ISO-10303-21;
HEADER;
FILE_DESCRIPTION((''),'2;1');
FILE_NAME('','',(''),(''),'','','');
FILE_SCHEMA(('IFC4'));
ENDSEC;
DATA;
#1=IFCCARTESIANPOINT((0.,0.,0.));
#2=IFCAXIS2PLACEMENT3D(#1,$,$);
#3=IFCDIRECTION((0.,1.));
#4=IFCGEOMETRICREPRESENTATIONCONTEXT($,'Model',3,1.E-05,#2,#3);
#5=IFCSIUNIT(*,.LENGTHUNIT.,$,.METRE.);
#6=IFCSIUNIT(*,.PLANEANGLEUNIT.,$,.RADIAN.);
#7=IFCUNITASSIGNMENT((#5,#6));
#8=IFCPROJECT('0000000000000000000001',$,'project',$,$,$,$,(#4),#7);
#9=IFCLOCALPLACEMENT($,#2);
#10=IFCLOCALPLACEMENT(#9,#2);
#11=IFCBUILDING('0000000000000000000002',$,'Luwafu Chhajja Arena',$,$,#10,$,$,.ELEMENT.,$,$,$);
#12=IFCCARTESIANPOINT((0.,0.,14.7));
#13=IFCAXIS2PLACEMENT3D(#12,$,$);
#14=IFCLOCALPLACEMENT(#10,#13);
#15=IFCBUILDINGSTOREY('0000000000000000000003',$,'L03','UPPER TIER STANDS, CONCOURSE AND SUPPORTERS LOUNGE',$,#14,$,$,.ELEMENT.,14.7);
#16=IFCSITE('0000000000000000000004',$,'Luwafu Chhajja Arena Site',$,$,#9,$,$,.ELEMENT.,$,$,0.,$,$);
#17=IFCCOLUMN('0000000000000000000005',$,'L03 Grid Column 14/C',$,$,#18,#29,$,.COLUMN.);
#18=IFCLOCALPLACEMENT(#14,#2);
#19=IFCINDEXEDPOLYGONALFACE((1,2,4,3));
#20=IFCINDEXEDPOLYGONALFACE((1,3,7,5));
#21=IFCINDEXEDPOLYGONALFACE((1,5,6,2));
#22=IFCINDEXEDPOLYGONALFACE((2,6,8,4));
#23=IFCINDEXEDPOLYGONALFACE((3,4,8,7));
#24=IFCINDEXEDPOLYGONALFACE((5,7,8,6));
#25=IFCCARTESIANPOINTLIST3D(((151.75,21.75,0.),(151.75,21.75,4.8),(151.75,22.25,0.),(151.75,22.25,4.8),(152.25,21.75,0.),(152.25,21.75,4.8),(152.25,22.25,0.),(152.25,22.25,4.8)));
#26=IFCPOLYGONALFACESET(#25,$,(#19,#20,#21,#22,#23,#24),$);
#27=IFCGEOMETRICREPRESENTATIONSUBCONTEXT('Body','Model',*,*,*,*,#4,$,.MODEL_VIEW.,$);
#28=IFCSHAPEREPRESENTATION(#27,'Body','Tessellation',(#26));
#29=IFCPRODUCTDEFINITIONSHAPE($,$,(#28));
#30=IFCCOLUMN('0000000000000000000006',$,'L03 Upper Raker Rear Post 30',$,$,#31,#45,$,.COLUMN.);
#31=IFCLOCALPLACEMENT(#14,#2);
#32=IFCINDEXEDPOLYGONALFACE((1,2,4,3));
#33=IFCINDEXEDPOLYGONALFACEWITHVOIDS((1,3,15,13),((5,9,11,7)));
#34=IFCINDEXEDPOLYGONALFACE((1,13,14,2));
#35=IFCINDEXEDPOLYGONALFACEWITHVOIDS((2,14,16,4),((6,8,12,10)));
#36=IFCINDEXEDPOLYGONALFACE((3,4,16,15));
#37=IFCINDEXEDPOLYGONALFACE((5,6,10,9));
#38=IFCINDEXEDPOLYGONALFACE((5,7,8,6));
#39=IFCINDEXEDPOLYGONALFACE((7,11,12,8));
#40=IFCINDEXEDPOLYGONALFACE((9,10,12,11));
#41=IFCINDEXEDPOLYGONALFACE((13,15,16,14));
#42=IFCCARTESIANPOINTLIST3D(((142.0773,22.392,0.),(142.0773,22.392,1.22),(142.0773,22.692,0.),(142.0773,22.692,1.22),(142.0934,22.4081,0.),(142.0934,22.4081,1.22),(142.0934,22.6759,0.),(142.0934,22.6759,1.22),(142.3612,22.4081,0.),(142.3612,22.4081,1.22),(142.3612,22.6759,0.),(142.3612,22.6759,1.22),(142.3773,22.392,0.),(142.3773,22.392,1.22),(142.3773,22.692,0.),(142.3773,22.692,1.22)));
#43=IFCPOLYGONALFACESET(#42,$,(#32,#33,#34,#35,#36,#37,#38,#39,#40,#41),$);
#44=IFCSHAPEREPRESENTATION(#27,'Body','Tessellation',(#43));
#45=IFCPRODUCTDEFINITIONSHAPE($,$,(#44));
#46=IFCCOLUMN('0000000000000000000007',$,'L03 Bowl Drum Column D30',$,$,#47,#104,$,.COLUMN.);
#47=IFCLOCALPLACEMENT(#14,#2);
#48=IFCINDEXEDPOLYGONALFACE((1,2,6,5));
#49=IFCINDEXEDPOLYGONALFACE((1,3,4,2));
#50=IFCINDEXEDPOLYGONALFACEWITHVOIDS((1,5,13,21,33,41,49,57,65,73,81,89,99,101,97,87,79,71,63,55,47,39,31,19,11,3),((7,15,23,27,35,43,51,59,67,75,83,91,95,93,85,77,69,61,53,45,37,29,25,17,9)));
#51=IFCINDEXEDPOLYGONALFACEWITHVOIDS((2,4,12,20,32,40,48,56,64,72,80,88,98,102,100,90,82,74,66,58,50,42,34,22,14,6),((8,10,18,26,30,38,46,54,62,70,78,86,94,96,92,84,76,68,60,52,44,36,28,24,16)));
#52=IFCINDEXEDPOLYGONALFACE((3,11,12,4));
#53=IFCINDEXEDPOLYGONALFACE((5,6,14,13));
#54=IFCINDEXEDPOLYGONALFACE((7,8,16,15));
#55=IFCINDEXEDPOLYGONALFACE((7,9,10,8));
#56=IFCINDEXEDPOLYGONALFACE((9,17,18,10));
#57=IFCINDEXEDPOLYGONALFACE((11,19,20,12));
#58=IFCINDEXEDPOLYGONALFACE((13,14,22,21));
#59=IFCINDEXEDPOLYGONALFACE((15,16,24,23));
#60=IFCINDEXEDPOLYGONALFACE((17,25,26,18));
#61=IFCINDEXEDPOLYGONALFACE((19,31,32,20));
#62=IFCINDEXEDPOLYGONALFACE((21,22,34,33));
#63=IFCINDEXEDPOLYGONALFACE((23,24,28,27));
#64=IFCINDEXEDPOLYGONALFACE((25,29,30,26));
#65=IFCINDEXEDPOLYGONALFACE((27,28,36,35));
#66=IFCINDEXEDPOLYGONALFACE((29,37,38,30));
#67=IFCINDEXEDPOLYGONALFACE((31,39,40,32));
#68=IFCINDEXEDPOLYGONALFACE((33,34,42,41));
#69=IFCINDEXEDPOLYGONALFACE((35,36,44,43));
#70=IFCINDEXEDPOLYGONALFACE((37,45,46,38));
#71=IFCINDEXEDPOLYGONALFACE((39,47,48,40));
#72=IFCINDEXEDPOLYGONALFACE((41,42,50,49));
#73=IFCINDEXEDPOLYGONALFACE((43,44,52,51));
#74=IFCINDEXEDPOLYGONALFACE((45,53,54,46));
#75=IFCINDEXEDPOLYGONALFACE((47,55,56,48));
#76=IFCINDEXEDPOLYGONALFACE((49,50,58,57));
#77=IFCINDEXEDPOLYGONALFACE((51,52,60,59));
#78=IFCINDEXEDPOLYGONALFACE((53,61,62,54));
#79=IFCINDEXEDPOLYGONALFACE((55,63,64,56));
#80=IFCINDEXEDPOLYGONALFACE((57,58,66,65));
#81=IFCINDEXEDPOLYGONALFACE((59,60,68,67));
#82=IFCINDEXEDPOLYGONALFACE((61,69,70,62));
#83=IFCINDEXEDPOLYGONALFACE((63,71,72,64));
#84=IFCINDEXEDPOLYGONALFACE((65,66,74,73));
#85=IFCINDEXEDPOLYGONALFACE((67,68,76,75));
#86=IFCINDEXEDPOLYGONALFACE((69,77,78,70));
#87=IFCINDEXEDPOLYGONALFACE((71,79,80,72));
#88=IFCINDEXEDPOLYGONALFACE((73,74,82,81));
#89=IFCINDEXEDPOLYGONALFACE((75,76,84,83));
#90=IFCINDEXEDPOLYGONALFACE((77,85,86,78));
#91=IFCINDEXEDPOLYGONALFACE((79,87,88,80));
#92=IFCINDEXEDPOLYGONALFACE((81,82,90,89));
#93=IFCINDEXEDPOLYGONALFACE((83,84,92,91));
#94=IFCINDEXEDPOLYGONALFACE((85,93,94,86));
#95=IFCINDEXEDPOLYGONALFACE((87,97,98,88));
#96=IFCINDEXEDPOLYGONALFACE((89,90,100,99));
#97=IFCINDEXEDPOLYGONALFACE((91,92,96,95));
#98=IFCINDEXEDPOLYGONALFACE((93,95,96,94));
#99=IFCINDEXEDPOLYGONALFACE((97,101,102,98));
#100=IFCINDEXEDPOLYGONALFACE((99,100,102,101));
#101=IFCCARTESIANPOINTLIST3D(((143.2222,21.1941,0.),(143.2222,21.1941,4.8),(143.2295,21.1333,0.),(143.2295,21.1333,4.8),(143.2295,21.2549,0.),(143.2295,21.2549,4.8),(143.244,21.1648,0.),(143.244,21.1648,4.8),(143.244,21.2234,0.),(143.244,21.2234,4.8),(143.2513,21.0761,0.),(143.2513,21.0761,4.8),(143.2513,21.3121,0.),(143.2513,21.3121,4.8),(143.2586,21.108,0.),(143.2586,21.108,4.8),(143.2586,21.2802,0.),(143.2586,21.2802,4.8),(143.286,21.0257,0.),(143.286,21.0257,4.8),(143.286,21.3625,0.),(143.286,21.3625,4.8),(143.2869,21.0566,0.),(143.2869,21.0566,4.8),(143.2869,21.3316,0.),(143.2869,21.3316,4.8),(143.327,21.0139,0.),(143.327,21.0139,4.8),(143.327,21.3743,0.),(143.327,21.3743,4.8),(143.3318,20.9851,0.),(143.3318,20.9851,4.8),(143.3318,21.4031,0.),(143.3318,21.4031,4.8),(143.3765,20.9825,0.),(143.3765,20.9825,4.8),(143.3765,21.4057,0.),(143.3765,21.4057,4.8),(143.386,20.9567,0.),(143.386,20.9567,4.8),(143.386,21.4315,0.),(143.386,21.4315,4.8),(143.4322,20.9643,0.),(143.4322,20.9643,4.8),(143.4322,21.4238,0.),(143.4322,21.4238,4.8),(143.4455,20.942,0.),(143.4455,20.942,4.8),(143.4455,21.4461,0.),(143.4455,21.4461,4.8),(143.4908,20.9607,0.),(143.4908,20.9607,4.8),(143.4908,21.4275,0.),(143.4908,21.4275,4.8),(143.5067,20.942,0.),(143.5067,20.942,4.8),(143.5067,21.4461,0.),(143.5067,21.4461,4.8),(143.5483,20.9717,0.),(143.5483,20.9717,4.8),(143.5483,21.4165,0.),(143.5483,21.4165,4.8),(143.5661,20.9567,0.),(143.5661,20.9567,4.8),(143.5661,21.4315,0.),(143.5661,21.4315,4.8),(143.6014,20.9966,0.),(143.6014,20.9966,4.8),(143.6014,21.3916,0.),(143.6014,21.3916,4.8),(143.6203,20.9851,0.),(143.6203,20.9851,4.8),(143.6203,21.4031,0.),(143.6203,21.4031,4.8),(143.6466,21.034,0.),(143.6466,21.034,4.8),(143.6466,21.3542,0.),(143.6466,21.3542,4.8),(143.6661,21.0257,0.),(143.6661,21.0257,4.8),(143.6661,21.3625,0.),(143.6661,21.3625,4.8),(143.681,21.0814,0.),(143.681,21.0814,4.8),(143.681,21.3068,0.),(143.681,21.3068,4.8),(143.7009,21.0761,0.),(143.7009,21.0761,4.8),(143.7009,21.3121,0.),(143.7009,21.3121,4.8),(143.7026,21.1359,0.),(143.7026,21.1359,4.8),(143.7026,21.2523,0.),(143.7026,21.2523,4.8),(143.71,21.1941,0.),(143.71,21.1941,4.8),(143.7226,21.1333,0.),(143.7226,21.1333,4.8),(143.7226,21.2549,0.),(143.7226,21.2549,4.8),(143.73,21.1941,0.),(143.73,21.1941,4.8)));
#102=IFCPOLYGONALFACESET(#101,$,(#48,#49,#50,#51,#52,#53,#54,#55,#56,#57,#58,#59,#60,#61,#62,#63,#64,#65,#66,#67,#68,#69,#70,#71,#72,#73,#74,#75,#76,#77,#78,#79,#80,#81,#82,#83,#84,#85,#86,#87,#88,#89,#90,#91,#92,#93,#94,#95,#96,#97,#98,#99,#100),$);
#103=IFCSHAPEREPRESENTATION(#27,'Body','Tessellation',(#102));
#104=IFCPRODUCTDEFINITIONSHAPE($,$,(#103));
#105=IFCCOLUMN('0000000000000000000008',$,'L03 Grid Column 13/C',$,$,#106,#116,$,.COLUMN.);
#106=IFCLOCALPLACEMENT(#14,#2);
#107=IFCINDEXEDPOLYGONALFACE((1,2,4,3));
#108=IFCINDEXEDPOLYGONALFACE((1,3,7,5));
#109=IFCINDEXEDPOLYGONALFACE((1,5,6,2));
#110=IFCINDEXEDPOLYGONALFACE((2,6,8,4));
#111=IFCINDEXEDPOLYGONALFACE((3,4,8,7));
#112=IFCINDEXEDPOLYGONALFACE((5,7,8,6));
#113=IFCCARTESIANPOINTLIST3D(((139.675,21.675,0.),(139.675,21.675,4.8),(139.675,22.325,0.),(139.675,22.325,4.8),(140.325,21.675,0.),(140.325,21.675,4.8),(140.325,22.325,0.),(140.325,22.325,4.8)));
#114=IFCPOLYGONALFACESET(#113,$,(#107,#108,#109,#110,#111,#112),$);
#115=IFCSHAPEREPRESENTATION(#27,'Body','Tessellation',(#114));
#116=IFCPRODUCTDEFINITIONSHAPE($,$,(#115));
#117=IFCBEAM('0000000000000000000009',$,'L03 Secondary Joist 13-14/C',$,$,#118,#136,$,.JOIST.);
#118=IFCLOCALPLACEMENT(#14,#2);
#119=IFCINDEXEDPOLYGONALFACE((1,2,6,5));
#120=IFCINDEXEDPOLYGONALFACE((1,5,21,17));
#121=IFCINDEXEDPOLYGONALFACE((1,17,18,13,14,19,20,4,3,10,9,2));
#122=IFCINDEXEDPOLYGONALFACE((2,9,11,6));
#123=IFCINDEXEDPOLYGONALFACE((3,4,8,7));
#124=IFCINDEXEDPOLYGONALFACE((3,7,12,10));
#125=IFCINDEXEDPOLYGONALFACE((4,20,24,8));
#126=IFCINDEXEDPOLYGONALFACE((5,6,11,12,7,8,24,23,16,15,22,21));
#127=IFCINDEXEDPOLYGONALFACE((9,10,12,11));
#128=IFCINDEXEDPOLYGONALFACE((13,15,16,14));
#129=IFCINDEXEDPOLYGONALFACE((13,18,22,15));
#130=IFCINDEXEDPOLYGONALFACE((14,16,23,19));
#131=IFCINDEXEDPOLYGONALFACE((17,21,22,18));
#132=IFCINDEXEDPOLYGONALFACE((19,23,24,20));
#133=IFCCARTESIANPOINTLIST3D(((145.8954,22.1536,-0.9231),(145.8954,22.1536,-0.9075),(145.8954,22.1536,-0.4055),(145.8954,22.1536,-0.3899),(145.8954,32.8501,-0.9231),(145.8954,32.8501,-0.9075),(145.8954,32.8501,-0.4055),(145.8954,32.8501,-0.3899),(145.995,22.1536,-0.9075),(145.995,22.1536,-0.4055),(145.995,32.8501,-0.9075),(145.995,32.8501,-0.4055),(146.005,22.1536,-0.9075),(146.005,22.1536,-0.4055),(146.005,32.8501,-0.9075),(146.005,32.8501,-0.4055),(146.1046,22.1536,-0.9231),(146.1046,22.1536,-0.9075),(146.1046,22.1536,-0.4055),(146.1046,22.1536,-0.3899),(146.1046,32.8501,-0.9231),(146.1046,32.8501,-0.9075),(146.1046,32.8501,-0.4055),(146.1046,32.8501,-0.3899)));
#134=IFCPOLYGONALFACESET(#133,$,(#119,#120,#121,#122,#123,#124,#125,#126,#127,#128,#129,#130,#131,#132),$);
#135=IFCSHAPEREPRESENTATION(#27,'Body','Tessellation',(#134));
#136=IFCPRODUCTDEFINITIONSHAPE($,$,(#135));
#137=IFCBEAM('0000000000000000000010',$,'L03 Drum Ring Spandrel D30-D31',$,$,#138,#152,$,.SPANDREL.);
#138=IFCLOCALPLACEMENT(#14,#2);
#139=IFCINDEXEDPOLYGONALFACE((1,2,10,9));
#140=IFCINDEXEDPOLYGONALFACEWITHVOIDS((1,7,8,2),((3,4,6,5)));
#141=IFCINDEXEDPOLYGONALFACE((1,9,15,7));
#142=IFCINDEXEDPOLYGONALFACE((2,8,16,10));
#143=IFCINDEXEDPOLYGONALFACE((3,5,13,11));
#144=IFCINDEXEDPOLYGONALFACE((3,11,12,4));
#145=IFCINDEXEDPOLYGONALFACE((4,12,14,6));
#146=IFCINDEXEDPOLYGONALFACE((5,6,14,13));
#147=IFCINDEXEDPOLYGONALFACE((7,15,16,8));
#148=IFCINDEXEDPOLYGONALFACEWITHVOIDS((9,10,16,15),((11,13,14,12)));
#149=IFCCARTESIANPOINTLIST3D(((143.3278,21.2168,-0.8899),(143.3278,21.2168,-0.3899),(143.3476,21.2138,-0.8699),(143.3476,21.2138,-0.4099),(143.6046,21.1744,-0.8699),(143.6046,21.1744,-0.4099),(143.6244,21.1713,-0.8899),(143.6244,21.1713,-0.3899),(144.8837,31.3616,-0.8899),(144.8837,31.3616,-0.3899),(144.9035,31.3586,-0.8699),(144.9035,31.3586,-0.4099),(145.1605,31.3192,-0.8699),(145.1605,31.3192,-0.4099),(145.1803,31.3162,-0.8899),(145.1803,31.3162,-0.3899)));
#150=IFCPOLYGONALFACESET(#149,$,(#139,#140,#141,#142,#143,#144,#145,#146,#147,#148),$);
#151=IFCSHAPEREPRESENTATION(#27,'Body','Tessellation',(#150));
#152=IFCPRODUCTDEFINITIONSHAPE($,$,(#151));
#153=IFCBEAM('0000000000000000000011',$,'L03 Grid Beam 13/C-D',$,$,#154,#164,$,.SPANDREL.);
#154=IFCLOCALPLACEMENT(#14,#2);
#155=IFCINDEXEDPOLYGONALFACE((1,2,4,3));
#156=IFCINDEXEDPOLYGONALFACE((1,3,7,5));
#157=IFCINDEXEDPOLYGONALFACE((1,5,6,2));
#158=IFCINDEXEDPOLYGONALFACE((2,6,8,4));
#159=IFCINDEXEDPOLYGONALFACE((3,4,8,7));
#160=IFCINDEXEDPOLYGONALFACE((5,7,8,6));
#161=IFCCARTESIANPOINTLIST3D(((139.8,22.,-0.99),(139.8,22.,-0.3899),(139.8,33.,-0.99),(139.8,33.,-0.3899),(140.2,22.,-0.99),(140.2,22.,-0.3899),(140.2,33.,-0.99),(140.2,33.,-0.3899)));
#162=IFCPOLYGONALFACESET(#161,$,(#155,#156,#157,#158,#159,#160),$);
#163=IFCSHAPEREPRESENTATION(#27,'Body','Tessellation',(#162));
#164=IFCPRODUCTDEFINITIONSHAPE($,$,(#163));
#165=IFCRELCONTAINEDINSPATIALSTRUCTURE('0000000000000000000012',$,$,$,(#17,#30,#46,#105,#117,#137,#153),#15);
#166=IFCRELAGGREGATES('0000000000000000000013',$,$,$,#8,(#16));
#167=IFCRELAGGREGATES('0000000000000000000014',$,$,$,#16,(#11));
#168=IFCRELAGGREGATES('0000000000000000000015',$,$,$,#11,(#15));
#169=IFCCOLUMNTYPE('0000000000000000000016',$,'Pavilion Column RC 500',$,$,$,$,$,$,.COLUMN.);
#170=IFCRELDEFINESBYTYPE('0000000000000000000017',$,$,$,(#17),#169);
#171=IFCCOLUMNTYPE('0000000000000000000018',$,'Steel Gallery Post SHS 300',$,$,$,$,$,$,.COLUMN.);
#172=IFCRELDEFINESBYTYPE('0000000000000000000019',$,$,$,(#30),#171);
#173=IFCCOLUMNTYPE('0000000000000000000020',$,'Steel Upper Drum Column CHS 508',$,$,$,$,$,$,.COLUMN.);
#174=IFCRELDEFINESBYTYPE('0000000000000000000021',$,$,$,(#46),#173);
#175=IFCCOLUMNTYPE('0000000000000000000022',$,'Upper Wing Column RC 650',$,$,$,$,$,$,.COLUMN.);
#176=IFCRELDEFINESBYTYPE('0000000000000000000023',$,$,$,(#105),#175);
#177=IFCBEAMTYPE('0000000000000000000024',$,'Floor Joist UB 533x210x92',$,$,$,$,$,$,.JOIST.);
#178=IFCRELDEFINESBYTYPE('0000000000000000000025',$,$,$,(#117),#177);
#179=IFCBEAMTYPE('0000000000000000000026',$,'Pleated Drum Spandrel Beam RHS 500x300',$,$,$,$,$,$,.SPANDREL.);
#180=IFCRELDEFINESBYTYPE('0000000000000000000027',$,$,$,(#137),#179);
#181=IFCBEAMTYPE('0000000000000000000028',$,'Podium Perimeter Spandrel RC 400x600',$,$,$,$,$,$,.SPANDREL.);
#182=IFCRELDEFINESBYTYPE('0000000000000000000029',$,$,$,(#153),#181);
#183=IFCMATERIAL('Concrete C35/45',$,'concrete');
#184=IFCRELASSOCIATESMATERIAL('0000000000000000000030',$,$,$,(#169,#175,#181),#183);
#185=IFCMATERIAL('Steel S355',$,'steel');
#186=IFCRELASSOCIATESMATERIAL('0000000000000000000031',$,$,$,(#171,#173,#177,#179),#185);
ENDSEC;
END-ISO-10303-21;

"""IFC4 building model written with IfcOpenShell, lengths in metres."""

from ifc_helpers import new_model, si_unit, direction, frame, origin, origin_2d, place, context, subcontext, project, spatial, rectangle, hollow_rectangle, hollow_circle, i_section, extrude, material, material_profile, profile_set, type_object, element, save


model = new_model("IFC4")

# Units and contexts
model_context = context("Model", 3, precision=1e-05, world=origin(), true_north=direction((0.0, 1.0)))
body_context = subcontext(model_context, "Body", "Model", "MODEL_VIEW")
ifc_project = project(units=[si_unit("LENGTHUNIT", "METRE"), si_unit("PLANEANGLEUNIT", "RADIAN")], contexts=[model_context])

# Site, building, storey
site_placement = place(None, origin())
site = spatial("IfcSite", under=ifc_project, at=site_placement, Name="Luwafu Chhajja Arena Site", CompositionType="ELEMENT", RefElevation=0.0)
building_placement = place(site_placement, origin())
building = spatial("IfcBuilding", under=site, at=building_placement, Name="Luwafu Chhajja Arena", CompositionType="ELEMENT")
storey_placement = place(building_placement, frame((0.0, 0.0, 14.7)))
storey = spatial("IfcBuildingStorey", under=building, at=storey_placement, Name="L03", Description="UPPER TIER STANDS, CONCOURSE AND SUPPORTERS LOUNGE", CompositionType="ELEMENT", Elevation=14.7)

# Columns
ifc_material_1 = material(Name="Concrete C35/45", Category="concrete")
ifc_material_profile_1 = material_profile(ifc_material_1, rectangle(XDim=0.5, YDim=0.5, at=origin_2d()), Name="RC 500x500")
ifc_profile_set_1 = profile_set([ifc_material_profile_1], Name="Concrete C35/45")
column_type_1 = type_object("IfcColumnType", Name="Pavilion Column RC 500", PredefinedType="COLUMN", material=ifc_profile_set_1)
column_1_placement = place(storey_placement, frame((152.0, 22.0, 0.0), z_axis=(0.0, 0.0, 1.0), x_axis=(1.0, 0.0, 0.0)))
element("IfcColumn", 1, at=column_1_placement, inside=storey, type_object=column_type_1, Name="L03 Grid Column 14/C", PredefinedType="COLUMN", context=body_context, shape_type="SweptSolid", body=[
    extrude(rectangle(XDim=0.5, YDim=0.5, at=origin_2d()), origin(), (0.0, 0.0, 1.0), 4.8),
])
ifc_material_2 = material(Name="Steel S355", Category="steel")
ifc_material_profile_2 = material_profile(ifc_material_2, hollow_rectangle(XDim=0.3, YDim=0.3, WallThickness=0.0161, at=origin_2d()), Name="SHS 300x300x16")
ifc_profile_set_2 = profile_set([ifc_material_profile_2], Name="Steel S355")
column_type_2 = type_object("IfcColumnType", Name="Steel Gallery Post SHS 300", PredefinedType="COLUMN", material=ifc_profile_set_2)
column_2_placement = place(storey_placement, frame((142.2273, 22.542, 0.0), z_axis=(0.0, 0.0, 1.0), x_axis=(1.0, 0.0, 0.0)))
element("IfcColumn", 2, at=column_2_placement, inside=storey, type_object=column_type_2, Name="L03 Upper Raker Rear Post 30", PredefinedType="COLUMN", context=body_context, shape_type="SweptSolid", body=[
    extrude(hollow_rectangle(XDim=0.3, YDim=0.3, WallThickness=0.0161, at=origin_2d()), origin(), (0.0, 0.0, 1.0), 1.22),
])
ifc_material_profile_3 = material_profile(ifc_material_2, hollow_circle(Radius=0.2539, WallThickness=0.02, at=origin_2d()), Name="CHS 508x20")
ifc_profile_set_3 = profile_set([ifc_material_profile_3], Name="Steel S355")
column_type_3 = type_object("IfcColumnType", Name="Steel Upper Drum Column CHS 508", PredefinedType="COLUMN", material=ifc_profile_set_3)
column_3_placement = place(storey_placement, frame((143.4761, 21.1941, 0.0), z_axis=(0.0, 0.0, 1.0), x_axis=(1.0, 0.0, 0.0)))
element("IfcColumn", 3, at=column_3_placement, inside=storey, type_object=column_type_3, Name="L03 Bowl Drum Column D30", PredefinedType="COLUMN", context=body_context, shape_type="SweptSolid", body=[
    extrude(hollow_circle(Radius=0.2539, WallThickness=0.02, at=origin_2d()), origin(), (0.0, 0.0, 1.0), 4.8),
])
ifc_material_profile_4 = material_profile(ifc_material_1, rectangle(XDim=0.6499, YDim=0.6499, at=origin_2d()), Name="RC 650x650")
ifc_profile_set_4 = profile_set([ifc_material_profile_4], Name="Concrete C35/45")
column_type_4 = type_object("IfcColumnType", Name="Upper Wing Column RC 650", PredefinedType="COLUMN", material=ifc_profile_set_4)
column_4_placement = place(storey_placement, frame((140.0, 22.0, 0.0), z_axis=(0.0, 0.0, 1.0), x_axis=(1.0, 0.0, 0.0)))
element("IfcColumn", 4, at=column_4_placement, inside=storey, type_object=column_type_4, Name="L03 Grid Column 13/C", PredefinedType="COLUMN", context=body_context, shape_type="SweptSolid", body=[
    extrude(rectangle(XDim=0.6499, YDim=0.6499, at=origin_2d()), origin(), (0.0, 0.0, 1.0), 4.8),
])

# Beams
ifc_material_profile_5 = material_profile(ifc_material_2, i_section(OverallWidth=0.2092, OverallDepth=0.5332, WebThickness=0.01, FlangeThickness=0.0156, at=origin_2d()), Name="UB 533x210x92")
ifc_profile_set_5 = profile_set([ifc_material_profile_5], Name="Steel S355")
beam_type_1 = type_object("IfcBeamType", Name="Floor Joist UB 533x210x92", PredefinedType="JOIST", material=ifc_profile_set_5)
beam_1_placement = place(storey_placement, frame((146.0, 22.1536, -0.6565), z_axis=(0.0, 1.0, 0.0), x_axis=(-1.0, 0.0, 0.0)))
element("IfcBeam", 5, at=beam_1_placement, inside=storey, type_object=beam_type_1, Name="L03 Secondary Joist 13-14/C", PredefinedType="JOIST", context=body_context, shape_type="SweptSolid", body=[
    extrude(i_section(OverallWidth=0.2092, OverallDepth=0.5332, WebThickness=0.01, FlangeThickness=0.0156, at=origin_2d()), origin(), (0.0, 0.0, 1.0), 10.6965),
])
ifc_material_profile_6 = material_profile(ifc_material_2, hollow_rectangle(XDim=0.3, YDim=0.5, WallThickness=0.02, at=origin_2d()), Name="RHS 500x300x20")
ifc_profile_set_6 = profile_set([ifc_material_profile_6], Name="Steel S355")
beam_type_2 = type_object("IfcBeamType", Name="Pleated Drum Spandrel Beam RHS 500x300", PredefinedType="SPANDREL", material=ifc_profile_set_6)
beam_2_placement = place(storey_placement, frame((143.4761, 21.1941, -0.6399), z_axis=(0.151598, 0.988442, 0.0), x_axis=(-0.988442, 0.151598, 0.0)))
element("IfcBeam", 6, at=beam_2_placement, inside=storey, type_object=beam_type_2, Name="L03 Drum Ring Spandrel D30-D31", PredefinedType="SPANDREL", context=body_context, shape_type="SweptSolid", body=[
    extrude(hollow_rectangle(XDim=0.3, YDim=0.5, WallThickness=0.02, at=origin_2d()), origin(), (0.0, 0.0, 1.0), 10.2634),
])
ifc_material_profile_7 = material_profile(ifc_material_1, rectangle(XDim=0.3999, YDim=0.6001, at=origin_2d()), Name="RC 400x600")
ifc_profile_set_7 = profile_set([ifc_material_profile_7], Name="Concrete C35/45")
beam_type_3 = type_object("IfcBeamType", Name="Podium Perimeter Spandrel RC 400x600", PredefinedType="SPANDREL", material=ifc_profile_set_7)
beam_3_placement = place(storey_placement, frame((140.0, 22.0, -0.6899), z_axis=(0.0, 1.0, 0.0), x_axis=(-1.0, 0.0, 0.0)))
element("IfcBeam", 7, at=beam_3_placement, inside=storey, type_object=beam_type_3, Name="L03 Grid Beam 13/C-D", PredefinedType="SPANDREL", context=body_context, shape_type="SweptSolid", body=[
    extrude(rectangle(XDim=0.3999, YDim=0.6001, at=origin_2d()), origin(), (0.0, 0.0, 1.0), 11.0),
])

save(model, "model.ifc")
